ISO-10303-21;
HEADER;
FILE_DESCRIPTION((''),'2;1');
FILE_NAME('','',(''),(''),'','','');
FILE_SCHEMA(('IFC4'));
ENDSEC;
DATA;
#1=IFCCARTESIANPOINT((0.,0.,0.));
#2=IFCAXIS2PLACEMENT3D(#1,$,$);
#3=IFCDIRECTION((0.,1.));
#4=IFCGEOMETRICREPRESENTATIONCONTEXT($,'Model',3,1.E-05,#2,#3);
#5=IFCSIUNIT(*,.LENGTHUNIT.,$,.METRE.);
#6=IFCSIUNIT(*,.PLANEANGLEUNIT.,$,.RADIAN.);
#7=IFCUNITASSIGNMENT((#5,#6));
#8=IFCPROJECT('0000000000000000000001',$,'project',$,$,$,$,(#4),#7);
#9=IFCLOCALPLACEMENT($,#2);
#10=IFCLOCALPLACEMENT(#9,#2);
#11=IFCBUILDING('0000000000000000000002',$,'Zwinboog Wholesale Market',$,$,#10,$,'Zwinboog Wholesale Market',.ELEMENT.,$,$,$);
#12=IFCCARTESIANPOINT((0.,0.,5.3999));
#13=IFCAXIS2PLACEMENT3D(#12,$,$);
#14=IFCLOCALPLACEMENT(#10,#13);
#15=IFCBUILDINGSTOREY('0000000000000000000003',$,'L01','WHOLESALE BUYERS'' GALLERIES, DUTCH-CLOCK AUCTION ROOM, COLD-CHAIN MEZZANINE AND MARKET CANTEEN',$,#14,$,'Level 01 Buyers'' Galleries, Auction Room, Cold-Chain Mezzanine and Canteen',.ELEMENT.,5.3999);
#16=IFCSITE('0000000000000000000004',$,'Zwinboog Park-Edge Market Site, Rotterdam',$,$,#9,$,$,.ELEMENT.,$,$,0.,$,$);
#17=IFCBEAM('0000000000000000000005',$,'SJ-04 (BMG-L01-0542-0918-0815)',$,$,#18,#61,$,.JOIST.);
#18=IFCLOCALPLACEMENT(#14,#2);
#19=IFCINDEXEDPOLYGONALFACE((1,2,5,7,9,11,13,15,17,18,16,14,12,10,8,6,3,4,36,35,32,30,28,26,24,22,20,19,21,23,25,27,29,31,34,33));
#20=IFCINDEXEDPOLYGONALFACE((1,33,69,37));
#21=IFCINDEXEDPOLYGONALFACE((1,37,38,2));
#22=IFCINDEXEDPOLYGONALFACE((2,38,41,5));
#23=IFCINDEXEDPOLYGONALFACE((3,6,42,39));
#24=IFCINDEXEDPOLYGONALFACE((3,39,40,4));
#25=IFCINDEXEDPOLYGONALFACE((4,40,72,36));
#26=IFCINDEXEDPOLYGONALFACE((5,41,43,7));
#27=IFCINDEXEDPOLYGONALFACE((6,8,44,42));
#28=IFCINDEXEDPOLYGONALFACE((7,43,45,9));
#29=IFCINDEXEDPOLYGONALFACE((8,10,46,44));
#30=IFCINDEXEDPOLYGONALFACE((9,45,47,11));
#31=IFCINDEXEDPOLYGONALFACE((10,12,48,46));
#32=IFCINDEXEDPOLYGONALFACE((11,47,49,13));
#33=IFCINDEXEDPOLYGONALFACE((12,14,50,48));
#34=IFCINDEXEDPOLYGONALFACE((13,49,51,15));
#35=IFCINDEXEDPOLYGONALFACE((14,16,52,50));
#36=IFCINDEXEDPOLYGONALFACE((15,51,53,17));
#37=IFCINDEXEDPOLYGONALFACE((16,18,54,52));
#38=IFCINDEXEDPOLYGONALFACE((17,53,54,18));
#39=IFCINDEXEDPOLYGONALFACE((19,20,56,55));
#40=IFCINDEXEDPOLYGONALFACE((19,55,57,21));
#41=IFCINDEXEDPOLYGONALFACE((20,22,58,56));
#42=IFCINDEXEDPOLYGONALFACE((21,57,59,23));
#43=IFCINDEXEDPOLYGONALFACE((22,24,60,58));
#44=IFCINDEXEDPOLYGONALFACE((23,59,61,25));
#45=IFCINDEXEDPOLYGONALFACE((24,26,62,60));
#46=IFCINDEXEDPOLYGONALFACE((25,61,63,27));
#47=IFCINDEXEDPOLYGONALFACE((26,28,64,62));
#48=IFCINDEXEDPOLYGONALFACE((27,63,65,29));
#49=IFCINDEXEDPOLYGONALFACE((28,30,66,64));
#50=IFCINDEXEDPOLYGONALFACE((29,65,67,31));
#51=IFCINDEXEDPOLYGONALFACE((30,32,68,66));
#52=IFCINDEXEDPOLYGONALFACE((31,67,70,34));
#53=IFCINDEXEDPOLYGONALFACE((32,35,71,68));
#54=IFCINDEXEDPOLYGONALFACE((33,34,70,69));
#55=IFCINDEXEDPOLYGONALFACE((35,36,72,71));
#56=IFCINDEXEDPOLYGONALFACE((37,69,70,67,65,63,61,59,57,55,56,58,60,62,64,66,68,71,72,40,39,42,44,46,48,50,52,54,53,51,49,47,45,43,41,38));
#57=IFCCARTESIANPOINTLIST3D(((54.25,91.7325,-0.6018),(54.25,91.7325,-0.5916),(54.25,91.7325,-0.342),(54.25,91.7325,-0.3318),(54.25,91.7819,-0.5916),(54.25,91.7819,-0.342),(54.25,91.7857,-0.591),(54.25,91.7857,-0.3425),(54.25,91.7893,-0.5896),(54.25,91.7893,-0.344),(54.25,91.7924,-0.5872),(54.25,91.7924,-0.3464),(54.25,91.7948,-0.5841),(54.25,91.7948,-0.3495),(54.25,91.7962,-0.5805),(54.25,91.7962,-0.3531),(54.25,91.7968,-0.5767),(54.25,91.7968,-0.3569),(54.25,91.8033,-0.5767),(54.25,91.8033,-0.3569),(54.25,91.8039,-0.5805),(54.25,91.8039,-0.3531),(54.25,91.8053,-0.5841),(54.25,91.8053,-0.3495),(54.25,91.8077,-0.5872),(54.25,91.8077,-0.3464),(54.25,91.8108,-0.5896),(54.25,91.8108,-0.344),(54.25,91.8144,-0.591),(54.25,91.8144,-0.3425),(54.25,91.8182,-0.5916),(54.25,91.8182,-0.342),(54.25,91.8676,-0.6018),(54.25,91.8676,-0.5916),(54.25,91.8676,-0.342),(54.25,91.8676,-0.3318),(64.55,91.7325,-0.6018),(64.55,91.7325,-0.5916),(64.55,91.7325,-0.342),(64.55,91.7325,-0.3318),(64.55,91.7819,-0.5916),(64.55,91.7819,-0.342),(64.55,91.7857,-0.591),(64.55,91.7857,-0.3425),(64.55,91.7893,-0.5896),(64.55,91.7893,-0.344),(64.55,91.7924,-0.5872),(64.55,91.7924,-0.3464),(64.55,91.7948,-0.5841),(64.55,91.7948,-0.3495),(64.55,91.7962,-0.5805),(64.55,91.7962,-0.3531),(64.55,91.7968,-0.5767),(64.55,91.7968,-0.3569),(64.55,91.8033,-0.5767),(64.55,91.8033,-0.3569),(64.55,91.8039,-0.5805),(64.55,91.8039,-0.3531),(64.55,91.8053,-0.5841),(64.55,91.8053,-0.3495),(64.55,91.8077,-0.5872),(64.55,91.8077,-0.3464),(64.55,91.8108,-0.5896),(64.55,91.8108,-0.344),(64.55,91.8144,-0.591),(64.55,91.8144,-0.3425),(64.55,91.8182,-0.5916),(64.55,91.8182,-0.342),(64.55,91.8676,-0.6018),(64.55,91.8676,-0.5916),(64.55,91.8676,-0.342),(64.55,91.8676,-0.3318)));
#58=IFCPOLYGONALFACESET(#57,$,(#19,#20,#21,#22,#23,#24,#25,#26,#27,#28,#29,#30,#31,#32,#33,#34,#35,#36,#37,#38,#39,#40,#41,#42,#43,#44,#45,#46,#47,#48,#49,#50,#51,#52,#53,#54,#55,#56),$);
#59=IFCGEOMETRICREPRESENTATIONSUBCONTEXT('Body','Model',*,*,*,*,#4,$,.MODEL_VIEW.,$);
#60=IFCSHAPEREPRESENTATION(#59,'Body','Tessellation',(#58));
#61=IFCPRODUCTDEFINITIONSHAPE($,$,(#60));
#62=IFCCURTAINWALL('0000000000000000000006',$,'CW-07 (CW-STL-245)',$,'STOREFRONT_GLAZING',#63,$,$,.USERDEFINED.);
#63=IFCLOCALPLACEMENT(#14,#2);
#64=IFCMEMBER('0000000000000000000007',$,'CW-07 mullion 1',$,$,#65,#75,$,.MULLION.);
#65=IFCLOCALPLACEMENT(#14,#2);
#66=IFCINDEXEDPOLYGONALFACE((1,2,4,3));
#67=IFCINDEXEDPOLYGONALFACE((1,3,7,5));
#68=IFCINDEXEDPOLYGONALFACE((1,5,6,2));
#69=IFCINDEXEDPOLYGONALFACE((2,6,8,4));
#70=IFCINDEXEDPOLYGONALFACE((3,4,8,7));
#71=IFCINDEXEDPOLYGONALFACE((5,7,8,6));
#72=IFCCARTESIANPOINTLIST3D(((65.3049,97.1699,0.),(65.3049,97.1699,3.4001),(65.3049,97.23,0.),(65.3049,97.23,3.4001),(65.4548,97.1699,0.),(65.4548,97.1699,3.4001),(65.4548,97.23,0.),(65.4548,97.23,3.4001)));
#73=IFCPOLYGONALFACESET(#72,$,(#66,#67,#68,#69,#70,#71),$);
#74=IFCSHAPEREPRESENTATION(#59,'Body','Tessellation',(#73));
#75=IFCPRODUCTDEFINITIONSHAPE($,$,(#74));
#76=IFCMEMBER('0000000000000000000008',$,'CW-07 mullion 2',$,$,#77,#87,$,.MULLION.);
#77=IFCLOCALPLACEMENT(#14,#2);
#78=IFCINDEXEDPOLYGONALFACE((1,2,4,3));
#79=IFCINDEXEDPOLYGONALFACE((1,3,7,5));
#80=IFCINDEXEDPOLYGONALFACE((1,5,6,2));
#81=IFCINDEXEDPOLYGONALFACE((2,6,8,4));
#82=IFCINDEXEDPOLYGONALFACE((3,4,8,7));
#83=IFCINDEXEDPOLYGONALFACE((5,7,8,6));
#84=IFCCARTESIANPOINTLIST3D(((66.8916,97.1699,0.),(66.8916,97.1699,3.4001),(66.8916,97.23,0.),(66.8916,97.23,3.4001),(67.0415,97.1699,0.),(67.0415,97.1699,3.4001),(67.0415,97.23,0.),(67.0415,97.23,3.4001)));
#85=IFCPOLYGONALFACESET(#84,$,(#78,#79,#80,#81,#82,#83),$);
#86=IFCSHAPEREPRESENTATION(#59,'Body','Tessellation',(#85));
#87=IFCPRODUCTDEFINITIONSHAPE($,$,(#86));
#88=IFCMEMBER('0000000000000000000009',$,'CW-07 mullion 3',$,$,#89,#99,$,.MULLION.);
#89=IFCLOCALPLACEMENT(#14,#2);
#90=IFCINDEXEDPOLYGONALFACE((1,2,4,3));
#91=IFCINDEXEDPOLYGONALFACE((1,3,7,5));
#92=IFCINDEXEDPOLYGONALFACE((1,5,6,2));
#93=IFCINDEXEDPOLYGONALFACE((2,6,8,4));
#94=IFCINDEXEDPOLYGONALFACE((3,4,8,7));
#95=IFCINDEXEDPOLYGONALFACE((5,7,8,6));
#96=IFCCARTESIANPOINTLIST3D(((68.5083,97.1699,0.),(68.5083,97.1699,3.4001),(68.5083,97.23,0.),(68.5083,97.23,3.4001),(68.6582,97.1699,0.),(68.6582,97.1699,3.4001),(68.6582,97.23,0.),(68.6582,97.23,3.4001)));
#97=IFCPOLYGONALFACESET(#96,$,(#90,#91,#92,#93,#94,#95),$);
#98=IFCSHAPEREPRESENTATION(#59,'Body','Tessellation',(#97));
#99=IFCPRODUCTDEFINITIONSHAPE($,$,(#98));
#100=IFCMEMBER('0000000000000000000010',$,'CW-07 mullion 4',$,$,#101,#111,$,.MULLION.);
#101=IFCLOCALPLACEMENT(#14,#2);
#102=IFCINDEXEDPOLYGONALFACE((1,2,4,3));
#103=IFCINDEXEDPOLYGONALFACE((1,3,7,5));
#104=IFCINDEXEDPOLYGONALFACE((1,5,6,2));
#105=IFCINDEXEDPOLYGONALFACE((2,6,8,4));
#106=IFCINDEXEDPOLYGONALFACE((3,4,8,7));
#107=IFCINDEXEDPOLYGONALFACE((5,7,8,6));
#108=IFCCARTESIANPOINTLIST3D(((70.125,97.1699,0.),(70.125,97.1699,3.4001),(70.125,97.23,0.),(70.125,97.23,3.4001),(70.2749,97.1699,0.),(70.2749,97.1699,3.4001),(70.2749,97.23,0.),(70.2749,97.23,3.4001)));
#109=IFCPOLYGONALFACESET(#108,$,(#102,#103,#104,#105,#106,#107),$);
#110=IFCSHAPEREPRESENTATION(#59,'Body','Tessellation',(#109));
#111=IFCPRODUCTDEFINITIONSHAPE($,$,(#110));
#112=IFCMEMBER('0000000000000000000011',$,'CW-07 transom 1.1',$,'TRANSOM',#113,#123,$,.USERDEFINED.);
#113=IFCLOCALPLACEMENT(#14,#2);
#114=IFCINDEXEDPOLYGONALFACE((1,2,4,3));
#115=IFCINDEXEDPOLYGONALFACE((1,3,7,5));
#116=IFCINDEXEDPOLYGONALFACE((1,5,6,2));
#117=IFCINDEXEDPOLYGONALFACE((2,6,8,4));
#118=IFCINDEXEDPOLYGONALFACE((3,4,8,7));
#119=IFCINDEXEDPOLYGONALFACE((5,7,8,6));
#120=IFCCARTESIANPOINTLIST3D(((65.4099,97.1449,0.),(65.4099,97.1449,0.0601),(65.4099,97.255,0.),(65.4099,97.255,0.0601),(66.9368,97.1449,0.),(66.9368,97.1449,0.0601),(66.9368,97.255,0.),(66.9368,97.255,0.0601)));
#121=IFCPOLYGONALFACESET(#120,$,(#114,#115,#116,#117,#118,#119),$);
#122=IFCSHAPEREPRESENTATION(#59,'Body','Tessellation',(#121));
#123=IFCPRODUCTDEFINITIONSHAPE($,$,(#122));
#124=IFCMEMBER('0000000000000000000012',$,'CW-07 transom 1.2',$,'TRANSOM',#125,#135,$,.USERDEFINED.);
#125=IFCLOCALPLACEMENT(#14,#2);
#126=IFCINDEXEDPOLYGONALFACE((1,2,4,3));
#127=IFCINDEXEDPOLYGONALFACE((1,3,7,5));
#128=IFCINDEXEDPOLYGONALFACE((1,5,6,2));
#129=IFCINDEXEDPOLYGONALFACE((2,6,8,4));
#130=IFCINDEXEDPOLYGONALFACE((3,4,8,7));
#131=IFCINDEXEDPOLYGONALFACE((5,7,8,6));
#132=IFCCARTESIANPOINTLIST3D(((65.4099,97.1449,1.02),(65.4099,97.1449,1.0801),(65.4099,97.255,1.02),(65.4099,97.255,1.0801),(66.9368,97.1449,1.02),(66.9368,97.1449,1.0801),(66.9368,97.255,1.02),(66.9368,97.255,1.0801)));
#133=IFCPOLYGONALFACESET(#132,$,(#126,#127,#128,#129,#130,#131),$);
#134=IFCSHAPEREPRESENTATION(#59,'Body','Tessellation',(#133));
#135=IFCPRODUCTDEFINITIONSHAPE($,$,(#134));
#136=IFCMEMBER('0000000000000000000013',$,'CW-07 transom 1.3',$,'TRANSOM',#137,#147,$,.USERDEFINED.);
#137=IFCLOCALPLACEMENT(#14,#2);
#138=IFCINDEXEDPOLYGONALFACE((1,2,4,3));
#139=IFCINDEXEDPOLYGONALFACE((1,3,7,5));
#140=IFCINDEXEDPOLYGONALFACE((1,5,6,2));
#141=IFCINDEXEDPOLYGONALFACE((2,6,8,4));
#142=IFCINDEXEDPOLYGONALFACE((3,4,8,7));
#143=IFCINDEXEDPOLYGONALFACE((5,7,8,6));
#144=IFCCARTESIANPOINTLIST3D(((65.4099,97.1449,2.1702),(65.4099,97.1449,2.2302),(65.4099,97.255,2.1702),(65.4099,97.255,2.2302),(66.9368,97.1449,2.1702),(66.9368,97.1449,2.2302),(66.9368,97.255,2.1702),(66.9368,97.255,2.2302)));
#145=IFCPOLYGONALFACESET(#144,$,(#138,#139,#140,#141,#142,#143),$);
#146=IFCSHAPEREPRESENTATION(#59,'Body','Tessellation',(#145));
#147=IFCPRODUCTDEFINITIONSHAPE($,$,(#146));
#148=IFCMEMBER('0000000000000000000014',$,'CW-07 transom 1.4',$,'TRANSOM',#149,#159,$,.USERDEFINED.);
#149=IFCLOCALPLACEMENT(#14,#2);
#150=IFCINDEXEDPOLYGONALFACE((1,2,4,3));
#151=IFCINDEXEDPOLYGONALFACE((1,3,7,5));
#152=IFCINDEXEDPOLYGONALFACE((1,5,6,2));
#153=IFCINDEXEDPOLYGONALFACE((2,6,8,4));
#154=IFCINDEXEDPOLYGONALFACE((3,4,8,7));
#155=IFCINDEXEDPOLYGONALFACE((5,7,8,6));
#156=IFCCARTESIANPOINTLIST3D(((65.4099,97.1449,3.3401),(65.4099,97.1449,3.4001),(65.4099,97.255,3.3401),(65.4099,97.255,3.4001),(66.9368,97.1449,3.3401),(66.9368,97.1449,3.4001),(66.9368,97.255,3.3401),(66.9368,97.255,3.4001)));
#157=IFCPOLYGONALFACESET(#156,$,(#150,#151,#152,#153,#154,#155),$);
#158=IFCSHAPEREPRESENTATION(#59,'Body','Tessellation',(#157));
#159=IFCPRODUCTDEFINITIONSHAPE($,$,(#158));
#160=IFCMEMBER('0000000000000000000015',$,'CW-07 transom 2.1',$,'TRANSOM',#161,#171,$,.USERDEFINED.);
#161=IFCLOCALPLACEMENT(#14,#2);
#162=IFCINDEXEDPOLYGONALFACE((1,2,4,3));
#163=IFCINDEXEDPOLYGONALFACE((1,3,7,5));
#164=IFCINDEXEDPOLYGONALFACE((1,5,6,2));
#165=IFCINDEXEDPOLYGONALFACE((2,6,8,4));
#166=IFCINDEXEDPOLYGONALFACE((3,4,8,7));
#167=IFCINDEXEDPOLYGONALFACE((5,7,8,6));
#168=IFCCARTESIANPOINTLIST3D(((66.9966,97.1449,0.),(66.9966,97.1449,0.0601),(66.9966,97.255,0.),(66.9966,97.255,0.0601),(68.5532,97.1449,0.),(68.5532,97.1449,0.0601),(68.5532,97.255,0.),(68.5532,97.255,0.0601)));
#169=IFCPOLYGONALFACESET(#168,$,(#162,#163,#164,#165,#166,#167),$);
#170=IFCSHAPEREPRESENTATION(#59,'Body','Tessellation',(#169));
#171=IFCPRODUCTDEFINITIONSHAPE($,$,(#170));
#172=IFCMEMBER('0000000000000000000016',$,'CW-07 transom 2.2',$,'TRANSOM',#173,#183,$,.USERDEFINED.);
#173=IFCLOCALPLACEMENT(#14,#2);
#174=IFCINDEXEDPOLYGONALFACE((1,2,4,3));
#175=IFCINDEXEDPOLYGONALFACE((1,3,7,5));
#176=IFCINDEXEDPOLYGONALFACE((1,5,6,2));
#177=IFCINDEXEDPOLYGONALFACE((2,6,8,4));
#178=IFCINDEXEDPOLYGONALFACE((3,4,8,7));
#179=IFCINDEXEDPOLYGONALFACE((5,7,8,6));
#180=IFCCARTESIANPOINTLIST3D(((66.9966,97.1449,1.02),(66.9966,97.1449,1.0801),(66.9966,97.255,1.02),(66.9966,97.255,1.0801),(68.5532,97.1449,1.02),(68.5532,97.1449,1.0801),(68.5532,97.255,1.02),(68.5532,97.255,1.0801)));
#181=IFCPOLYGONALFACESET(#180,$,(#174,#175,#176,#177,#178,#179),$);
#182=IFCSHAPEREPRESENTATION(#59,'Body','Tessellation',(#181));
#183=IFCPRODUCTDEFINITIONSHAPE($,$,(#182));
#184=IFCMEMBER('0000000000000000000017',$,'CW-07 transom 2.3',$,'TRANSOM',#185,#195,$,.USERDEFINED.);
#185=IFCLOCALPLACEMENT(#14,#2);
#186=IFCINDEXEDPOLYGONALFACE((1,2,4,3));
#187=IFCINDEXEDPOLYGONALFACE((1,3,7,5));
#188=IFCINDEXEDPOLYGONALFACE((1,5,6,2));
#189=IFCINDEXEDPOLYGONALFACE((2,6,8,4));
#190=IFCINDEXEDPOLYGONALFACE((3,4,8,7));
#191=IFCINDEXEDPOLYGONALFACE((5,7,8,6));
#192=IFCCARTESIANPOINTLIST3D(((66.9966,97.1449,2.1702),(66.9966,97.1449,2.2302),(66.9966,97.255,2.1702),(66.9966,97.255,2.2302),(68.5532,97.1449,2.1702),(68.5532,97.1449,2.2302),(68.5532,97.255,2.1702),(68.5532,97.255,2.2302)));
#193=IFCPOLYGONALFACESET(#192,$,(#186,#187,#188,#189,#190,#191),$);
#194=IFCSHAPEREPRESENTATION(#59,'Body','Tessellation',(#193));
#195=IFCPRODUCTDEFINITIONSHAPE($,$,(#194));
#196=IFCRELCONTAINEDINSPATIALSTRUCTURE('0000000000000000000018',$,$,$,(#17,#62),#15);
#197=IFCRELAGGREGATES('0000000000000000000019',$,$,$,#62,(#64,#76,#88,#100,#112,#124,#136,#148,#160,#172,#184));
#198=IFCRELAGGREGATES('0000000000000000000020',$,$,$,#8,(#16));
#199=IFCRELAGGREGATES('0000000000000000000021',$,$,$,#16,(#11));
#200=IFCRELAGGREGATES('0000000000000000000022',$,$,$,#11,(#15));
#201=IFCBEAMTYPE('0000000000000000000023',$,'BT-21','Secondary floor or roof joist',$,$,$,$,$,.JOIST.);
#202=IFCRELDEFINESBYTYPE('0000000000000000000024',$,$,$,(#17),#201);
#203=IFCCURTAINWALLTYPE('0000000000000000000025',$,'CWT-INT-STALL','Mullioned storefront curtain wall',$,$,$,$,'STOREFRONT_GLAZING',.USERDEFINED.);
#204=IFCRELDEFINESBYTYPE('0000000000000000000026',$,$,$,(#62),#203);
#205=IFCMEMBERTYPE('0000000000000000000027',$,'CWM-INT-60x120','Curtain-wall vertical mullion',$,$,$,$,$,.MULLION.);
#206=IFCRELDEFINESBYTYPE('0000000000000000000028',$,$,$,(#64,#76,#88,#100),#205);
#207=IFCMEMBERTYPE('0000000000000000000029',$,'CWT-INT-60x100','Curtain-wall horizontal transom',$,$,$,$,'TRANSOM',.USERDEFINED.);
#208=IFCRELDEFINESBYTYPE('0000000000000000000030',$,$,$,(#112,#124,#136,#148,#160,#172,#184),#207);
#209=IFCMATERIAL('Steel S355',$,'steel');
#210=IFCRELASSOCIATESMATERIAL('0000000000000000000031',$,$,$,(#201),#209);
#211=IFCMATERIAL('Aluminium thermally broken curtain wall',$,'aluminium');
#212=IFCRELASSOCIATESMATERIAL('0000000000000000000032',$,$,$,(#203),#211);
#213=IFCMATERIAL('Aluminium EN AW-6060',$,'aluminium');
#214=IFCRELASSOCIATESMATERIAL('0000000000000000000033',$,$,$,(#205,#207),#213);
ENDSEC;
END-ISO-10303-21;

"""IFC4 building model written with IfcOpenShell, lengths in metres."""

from ifc_helpers import new_model, si_unit, direction, frame, origin, origin_2d, place, context, subcontext, project, spatial, rectangle, i_section, extrude, material, material_profile, profile_set, type_object, element, aggregate, save


model = new_model("IFC4")

# Units and contexts
model_context = context("Model", 3, precision=1e-05, world=origin(), true_north=direction((0.0, 1.0)))
body_context = subcontext(model_context, "Body", "Model", "MODEL_VIEW")
ifc_project = project(units=[si_unit("LENGTHUNIT", "METRE"), si_unit("PLANEANGLEUNIT", "RADIAN")], contexts=[model_context])

# Site, building, storey
site_placement = place(None, origin())
site = spatial("IfcSite", under=ifc_project, at=site_placement, Name="Zwinboog Park-Edge Market Site, Rotterdam", CompositionType="ELEMENT", RefElevation=0.0)
building_placement = place(site_placement, origin())
building = spatial("IfcBuilding", under=site, at=building_placement, Name="Zwinboog Wholesale Market", LongName="Zwinboog Wholesale Market", CompositionType="ELEMENT")
storey_placement = place(building_placement, frame((0.0, 0.0, 5.3999)))
storey = spatial("IfcBuildingStorey", under=building, at=storey_placement, Name="L01", Description="WHOLESALE BUYERS' GALLERIES, DUTCH-CLOCK AUCTION ROOM, COLD-CHAIN MEZZANINE AND MARKET CANTEEN", LongName="Level 01 Buyers' Galleries, Auction Room, Cold-Chain Mezzanine and Canteen", CompositionType="ELEMENT", Elevation=5.3999)

# Beam
ifc_material_1 = material(Name="Steel S355", Category="steel")
ifc_material_profile_1 = material_profile(ifc_material_1, i_section(OverallWidth=0.135, OverallDepth=0.27, WebThickness=0.0066, FlangeThickness=0.0103, FilletRadius=0.0149, at=origin_2d()), Name="IPE 270")
ifc_profile_set_1 = profile_set([ifc_material_profile_1], Name="Steel S355")
beam_type_1 = type_object("IfcBeamType", Name="BT-21", Description="Secondary floor or roof joist", PredefinedType="JOIST", material=ifc_profile_set_1)
beam_1_placement = place(storey_placement, frame((54.25, 91.8, -0.4668), z_axis=(1.0, 0.0, 0.0), x_axis=(0.0, 1.0, 0.0)))
element("IfcBeam", 1, at=beam_1_placement, inside=storey, type_object=beam_type_1, Name="SJ-04 (BMG-L01-0542-0918-0815)", PredefinedType="JOIST", context=body_context, shape_type="SweptSolid", body=[
    extrude(i_section(OverallWidth=0.135, OverallDepth=0.27, WebThickness=0.0066, FlangeThickness=0.0103, FilletRadius=0.0149, at=origin_2d()), origin(), (0.0, 0.0, 1.0), 10.3),
])

# Curtain wall, members
ifc_material_2 = material(Name="Aluminium thermally broken curtain wall", Category="aluminium")
curtain_wall_type = type_object("IfcCurtainWallType", Name="CWT-INT-STALL", Description="Mullioned storefront curtain wall", ElementType="STOREFRONT_GLAZING", PredefinedType="USERDEFINED", material=ifc_material_2)
curtain_wall_placement = place(storey_placement, origin())
curtain_wall = element("IfcCurtainWall", 2, at=curtain_wall_placement, inside=storey, type_object=curtain_wall_type, Name="CW-07 (CW-STL-245)", ObjectType="STOREFRONT_GLAZING", PredefinedType="USERDEFINED")
ifc_material_3 = material(Name="Aluminium EN AW-6060", Category="aluminium")
ifc_material_profile_2 = material_profile(ifc_material_3, rectangle(XDim=0.0601, YDim=0.1499, at=origin_2d()), Name="AL 60x150")
ifc_profile_set_2 = profile_set([ifc_material_profile_2], Name="Aluminium EN AW-6060")
member_type_1 = type_object("IfcMemberType", Name="CWM-INT-60x120", Description="Curtain-wall vertical mullion", PredefinedType="MULLION", material=ifc_profile_set_2)
member_1_placement = place(storey_placement, frame((65.3799, 97.2, 0.0), z_axis=(0.0, 0.0, 1.0), x_axis=(0.0, 1.0, 0.0)))
member_1 = element("IfcMember", 3, at=member_1_placement, type_object=member_type_1, Name="CW-07 mullion 1", PredefinedType="MULLION", context=body_context, shape_type="SweptSolid", body=[
    extrude(rectangle(XDim=0.0601, YDim=0.1499, at=origin_2d()), origin(), (0.0, 0.0, 1.0), 3.4001),
])
member_2_placement = place(storey_placement, frame((66.9666, 97.2, 0.0), z_axis=(0.0, 0.0, 1.0), x_axis=(0.0, 1.0, 0.0)))
member_2 = element("IfcMember", 4, at=member_2_placement, type_object=member_type_1, Name="CW-07 mullion 2", PredefinedType="MULLION", context=body_context, shape_type="SweptSolid", body=[
    extrude(rectangle(XDim=0.0601, YDim=0.1499, at=origin_2d()), origin(), (0.0, 0.0, 1.0), 3.4001),
])
member_3_placement = place(storey_placement, frame((68.5833, 97.2, 0.0), z_axis=(0.0, 0.0, 1.0), x_axis=(0.0, 1.0, 0.0)))
member_3 = element("IfcMember", 5, at=member_3_placement, type_object=member_type_1, Name="CW-07 mullion 3", PredefinedType="MULLION", context=body_context, shape_type="SweptSolid", body=[
    extrude(rectangle(XDim=0.0601, YDim=0.1499, at=origin_2d()), origin(), (0.0, 0.0, 1.0), 3.4001),
])
member_4_placement = place(storey_placement, frame((70.2, 97.2, 0.0), z_axis=(0.0, 0.0, 1.0), x_axis=(0.0, 1.0, 0.0)))
member_4 = element("IfcMember", 6, at=member_4_placement, type_object=member_type_1, Name="CW-07 mullion 4", PredefinedType="MULLION", context=body_context, shape_type="SweptSolid", body=[
    extrude(rectangle(XDim=0.0601, YDim=0.1499, at=origin_2d()), origin(), (0.0, 0.0, 1.0), 3.4001),
])
ifc_material_profile_3 = material_profile(ifc_material_3, rectangle(XDim=0.1101, YDim=0.0601, at=origin_2d()), Name="AL 60x110")
ifc_profile_set_3 = profile_set([ifc_material_profile_3], Name="Aluminium EN AW-6060")
member_type_2 = type_object("IfcMemberType", Name="CWT-INT-60x100", Description="Curtain-wall horizontal transom", ElementType="TRANSOM", PredefinedType="USERDEFINED", material=ifc_profile_set_3)
member_5_placement = place(storey_placement, frame((65.4099, 97.2, 0.03), z_axis=(1.0, 0.0, 0.0), x_axis=(0.0, 1.0, 0.0)))
member_5 = element("IfcMember", 7, at=member_5_placement, type_object=member_type_2, Name="CW-07 transom 1.1", ObjectType="TRANSOM", PredefinedType="USERDEFINED", context=body_context, shape_type="SweptSolid", body=[
    extrude(rectangle(XDim=0.1101, YDim=0.0601, at=origin_2d()), origin(), (0.0, 0.0, 1.0), 1.5269),
])
member_6_placement = place(storey_placement, frame((65.4099, 97.2, 1.05), z_axis=(1.0, 0.0, 0.0), x_axis=(0.0, 1.0, 0.0)))
member_6 = element("IfcMember", 8, at=member_6_placement, type_object=member_type_2, Name="CW-07 transom 1.2", ObjectType="TRANSOM", PredefinedType="USERDEFINED", context=body_context, shape_type="SweptSolid", body=[
    extrude(rectangle(XDim=0.1101, YDim=0.0601, at=origin_2d()), origin(), (0.0, 0.0, 1.0), 1.5269),
])
member_7_placement = place(storey_placement, frame((65.4099, 97.2, 2.2002), z_axis=(1.0, 0.0, 0.0), x_axis=(0.0, 1.0, 0.0)))
member_7 = element("IfcMember", 9, at=member_7_placement, type_object=member_type_2, Name="CW-07 transom 1.3", ObjectType="TRANSOM", PredefinedType="USERDEFINED", context=body_context, shape_type="SweptSolid", body=[
    extrude(rectangle(XDim=0.1101, YDim=0.0601, at=origin_2d()), origin(), (0.0, 0.0, 1.0), 1.5269),
])
member_8_placement = place(storey_placement, frame((65.4099, 97.2, 3.3701), z_axis=(1.0, 0.0, 0.0), x_axis=(0.0, 1.0, 0.0)))
member_8 = element("IfcMember", 10, at=member_8_placement, type_object=member_type_2, Name="CW-07 transom 1.4", ObjectType="TRANSOM", PredefinedType="USERDEFINED", context=body_context, shape_type="SweptSolid", body=[
    extrude(rectangle(XDim=0.1101, YDim=0.0601, at=origin_2d()), origin(), (0.0, 0.0, 1.0), 1.5269),
])
member_9_placement = place(storey_placement, frame((66.9966, 97.2, 0.03), z_axis=(1.0, 0.0, 0.0), x_axis=(0.0, 1.0, 0.0)))
member_9 = element("IfcMember", 11, at=member_9_placement, type_object=member_type_2, Name="CW-07 transom 2.1", ObjectType="TRANSOM", PredefinedType="USERDEFINED", context=body_context, shape_type="SweptSolid", body=[
    extrude(rectangle(XDim=0.1101, YDim=0.0601, at=origin_2d()), origin(), (0.0, 0.0, 1.0), 1.5566),
])
member_10_placement = place(storey_placement, frame((66.9966, 97.2, 1.05), z_axis=(1.0, 0.0, 0.0), x_axis=(0.0, 1.0, 0.0)))
member_10 = element("IfcMember", 12, at=member_10_placement, type_object=member_type_2, Name="CW-07 transom 2.2", ObjectType="TRANSOM", PredefinedType="USERDEFINED", context=body_context, shape_type="SweptSolid", body=[
    extrude(rectangle(XDim=0.1101, YDim=0.0601, at=origin_2d()), origin(), (0.0, 0.0, 1.0), 1.5566),
])
member_11_placement = place(storey_placement, frame((66.9966, 97.2, 2.2002), z_axis=(1.0, 0.0, 0.0), x_axis=(0.0, 1.0, 0.0)))
member_11 = element("IfcMember", 13, at=member_11_placement, type_object=member_type_2, Name="CW-07 transom 2.3", ObjectType="TRANSOM", PredefinedType="USERDEFINED", context=body_context, shape_type="SweptSolid", body=[
    extrude(rectangle(XDim=0.1101, YDim=0.0601, at=origin_2d()), origin(), (0.0, 0.0, 1.0), 1.5566),
])
aggregate(curtain_wall, [member_1, member_2, member_3, member_4, member_5, member_6, member_7, member_8, member_9, member_10, member_11])

save(model, "model.ifc")
